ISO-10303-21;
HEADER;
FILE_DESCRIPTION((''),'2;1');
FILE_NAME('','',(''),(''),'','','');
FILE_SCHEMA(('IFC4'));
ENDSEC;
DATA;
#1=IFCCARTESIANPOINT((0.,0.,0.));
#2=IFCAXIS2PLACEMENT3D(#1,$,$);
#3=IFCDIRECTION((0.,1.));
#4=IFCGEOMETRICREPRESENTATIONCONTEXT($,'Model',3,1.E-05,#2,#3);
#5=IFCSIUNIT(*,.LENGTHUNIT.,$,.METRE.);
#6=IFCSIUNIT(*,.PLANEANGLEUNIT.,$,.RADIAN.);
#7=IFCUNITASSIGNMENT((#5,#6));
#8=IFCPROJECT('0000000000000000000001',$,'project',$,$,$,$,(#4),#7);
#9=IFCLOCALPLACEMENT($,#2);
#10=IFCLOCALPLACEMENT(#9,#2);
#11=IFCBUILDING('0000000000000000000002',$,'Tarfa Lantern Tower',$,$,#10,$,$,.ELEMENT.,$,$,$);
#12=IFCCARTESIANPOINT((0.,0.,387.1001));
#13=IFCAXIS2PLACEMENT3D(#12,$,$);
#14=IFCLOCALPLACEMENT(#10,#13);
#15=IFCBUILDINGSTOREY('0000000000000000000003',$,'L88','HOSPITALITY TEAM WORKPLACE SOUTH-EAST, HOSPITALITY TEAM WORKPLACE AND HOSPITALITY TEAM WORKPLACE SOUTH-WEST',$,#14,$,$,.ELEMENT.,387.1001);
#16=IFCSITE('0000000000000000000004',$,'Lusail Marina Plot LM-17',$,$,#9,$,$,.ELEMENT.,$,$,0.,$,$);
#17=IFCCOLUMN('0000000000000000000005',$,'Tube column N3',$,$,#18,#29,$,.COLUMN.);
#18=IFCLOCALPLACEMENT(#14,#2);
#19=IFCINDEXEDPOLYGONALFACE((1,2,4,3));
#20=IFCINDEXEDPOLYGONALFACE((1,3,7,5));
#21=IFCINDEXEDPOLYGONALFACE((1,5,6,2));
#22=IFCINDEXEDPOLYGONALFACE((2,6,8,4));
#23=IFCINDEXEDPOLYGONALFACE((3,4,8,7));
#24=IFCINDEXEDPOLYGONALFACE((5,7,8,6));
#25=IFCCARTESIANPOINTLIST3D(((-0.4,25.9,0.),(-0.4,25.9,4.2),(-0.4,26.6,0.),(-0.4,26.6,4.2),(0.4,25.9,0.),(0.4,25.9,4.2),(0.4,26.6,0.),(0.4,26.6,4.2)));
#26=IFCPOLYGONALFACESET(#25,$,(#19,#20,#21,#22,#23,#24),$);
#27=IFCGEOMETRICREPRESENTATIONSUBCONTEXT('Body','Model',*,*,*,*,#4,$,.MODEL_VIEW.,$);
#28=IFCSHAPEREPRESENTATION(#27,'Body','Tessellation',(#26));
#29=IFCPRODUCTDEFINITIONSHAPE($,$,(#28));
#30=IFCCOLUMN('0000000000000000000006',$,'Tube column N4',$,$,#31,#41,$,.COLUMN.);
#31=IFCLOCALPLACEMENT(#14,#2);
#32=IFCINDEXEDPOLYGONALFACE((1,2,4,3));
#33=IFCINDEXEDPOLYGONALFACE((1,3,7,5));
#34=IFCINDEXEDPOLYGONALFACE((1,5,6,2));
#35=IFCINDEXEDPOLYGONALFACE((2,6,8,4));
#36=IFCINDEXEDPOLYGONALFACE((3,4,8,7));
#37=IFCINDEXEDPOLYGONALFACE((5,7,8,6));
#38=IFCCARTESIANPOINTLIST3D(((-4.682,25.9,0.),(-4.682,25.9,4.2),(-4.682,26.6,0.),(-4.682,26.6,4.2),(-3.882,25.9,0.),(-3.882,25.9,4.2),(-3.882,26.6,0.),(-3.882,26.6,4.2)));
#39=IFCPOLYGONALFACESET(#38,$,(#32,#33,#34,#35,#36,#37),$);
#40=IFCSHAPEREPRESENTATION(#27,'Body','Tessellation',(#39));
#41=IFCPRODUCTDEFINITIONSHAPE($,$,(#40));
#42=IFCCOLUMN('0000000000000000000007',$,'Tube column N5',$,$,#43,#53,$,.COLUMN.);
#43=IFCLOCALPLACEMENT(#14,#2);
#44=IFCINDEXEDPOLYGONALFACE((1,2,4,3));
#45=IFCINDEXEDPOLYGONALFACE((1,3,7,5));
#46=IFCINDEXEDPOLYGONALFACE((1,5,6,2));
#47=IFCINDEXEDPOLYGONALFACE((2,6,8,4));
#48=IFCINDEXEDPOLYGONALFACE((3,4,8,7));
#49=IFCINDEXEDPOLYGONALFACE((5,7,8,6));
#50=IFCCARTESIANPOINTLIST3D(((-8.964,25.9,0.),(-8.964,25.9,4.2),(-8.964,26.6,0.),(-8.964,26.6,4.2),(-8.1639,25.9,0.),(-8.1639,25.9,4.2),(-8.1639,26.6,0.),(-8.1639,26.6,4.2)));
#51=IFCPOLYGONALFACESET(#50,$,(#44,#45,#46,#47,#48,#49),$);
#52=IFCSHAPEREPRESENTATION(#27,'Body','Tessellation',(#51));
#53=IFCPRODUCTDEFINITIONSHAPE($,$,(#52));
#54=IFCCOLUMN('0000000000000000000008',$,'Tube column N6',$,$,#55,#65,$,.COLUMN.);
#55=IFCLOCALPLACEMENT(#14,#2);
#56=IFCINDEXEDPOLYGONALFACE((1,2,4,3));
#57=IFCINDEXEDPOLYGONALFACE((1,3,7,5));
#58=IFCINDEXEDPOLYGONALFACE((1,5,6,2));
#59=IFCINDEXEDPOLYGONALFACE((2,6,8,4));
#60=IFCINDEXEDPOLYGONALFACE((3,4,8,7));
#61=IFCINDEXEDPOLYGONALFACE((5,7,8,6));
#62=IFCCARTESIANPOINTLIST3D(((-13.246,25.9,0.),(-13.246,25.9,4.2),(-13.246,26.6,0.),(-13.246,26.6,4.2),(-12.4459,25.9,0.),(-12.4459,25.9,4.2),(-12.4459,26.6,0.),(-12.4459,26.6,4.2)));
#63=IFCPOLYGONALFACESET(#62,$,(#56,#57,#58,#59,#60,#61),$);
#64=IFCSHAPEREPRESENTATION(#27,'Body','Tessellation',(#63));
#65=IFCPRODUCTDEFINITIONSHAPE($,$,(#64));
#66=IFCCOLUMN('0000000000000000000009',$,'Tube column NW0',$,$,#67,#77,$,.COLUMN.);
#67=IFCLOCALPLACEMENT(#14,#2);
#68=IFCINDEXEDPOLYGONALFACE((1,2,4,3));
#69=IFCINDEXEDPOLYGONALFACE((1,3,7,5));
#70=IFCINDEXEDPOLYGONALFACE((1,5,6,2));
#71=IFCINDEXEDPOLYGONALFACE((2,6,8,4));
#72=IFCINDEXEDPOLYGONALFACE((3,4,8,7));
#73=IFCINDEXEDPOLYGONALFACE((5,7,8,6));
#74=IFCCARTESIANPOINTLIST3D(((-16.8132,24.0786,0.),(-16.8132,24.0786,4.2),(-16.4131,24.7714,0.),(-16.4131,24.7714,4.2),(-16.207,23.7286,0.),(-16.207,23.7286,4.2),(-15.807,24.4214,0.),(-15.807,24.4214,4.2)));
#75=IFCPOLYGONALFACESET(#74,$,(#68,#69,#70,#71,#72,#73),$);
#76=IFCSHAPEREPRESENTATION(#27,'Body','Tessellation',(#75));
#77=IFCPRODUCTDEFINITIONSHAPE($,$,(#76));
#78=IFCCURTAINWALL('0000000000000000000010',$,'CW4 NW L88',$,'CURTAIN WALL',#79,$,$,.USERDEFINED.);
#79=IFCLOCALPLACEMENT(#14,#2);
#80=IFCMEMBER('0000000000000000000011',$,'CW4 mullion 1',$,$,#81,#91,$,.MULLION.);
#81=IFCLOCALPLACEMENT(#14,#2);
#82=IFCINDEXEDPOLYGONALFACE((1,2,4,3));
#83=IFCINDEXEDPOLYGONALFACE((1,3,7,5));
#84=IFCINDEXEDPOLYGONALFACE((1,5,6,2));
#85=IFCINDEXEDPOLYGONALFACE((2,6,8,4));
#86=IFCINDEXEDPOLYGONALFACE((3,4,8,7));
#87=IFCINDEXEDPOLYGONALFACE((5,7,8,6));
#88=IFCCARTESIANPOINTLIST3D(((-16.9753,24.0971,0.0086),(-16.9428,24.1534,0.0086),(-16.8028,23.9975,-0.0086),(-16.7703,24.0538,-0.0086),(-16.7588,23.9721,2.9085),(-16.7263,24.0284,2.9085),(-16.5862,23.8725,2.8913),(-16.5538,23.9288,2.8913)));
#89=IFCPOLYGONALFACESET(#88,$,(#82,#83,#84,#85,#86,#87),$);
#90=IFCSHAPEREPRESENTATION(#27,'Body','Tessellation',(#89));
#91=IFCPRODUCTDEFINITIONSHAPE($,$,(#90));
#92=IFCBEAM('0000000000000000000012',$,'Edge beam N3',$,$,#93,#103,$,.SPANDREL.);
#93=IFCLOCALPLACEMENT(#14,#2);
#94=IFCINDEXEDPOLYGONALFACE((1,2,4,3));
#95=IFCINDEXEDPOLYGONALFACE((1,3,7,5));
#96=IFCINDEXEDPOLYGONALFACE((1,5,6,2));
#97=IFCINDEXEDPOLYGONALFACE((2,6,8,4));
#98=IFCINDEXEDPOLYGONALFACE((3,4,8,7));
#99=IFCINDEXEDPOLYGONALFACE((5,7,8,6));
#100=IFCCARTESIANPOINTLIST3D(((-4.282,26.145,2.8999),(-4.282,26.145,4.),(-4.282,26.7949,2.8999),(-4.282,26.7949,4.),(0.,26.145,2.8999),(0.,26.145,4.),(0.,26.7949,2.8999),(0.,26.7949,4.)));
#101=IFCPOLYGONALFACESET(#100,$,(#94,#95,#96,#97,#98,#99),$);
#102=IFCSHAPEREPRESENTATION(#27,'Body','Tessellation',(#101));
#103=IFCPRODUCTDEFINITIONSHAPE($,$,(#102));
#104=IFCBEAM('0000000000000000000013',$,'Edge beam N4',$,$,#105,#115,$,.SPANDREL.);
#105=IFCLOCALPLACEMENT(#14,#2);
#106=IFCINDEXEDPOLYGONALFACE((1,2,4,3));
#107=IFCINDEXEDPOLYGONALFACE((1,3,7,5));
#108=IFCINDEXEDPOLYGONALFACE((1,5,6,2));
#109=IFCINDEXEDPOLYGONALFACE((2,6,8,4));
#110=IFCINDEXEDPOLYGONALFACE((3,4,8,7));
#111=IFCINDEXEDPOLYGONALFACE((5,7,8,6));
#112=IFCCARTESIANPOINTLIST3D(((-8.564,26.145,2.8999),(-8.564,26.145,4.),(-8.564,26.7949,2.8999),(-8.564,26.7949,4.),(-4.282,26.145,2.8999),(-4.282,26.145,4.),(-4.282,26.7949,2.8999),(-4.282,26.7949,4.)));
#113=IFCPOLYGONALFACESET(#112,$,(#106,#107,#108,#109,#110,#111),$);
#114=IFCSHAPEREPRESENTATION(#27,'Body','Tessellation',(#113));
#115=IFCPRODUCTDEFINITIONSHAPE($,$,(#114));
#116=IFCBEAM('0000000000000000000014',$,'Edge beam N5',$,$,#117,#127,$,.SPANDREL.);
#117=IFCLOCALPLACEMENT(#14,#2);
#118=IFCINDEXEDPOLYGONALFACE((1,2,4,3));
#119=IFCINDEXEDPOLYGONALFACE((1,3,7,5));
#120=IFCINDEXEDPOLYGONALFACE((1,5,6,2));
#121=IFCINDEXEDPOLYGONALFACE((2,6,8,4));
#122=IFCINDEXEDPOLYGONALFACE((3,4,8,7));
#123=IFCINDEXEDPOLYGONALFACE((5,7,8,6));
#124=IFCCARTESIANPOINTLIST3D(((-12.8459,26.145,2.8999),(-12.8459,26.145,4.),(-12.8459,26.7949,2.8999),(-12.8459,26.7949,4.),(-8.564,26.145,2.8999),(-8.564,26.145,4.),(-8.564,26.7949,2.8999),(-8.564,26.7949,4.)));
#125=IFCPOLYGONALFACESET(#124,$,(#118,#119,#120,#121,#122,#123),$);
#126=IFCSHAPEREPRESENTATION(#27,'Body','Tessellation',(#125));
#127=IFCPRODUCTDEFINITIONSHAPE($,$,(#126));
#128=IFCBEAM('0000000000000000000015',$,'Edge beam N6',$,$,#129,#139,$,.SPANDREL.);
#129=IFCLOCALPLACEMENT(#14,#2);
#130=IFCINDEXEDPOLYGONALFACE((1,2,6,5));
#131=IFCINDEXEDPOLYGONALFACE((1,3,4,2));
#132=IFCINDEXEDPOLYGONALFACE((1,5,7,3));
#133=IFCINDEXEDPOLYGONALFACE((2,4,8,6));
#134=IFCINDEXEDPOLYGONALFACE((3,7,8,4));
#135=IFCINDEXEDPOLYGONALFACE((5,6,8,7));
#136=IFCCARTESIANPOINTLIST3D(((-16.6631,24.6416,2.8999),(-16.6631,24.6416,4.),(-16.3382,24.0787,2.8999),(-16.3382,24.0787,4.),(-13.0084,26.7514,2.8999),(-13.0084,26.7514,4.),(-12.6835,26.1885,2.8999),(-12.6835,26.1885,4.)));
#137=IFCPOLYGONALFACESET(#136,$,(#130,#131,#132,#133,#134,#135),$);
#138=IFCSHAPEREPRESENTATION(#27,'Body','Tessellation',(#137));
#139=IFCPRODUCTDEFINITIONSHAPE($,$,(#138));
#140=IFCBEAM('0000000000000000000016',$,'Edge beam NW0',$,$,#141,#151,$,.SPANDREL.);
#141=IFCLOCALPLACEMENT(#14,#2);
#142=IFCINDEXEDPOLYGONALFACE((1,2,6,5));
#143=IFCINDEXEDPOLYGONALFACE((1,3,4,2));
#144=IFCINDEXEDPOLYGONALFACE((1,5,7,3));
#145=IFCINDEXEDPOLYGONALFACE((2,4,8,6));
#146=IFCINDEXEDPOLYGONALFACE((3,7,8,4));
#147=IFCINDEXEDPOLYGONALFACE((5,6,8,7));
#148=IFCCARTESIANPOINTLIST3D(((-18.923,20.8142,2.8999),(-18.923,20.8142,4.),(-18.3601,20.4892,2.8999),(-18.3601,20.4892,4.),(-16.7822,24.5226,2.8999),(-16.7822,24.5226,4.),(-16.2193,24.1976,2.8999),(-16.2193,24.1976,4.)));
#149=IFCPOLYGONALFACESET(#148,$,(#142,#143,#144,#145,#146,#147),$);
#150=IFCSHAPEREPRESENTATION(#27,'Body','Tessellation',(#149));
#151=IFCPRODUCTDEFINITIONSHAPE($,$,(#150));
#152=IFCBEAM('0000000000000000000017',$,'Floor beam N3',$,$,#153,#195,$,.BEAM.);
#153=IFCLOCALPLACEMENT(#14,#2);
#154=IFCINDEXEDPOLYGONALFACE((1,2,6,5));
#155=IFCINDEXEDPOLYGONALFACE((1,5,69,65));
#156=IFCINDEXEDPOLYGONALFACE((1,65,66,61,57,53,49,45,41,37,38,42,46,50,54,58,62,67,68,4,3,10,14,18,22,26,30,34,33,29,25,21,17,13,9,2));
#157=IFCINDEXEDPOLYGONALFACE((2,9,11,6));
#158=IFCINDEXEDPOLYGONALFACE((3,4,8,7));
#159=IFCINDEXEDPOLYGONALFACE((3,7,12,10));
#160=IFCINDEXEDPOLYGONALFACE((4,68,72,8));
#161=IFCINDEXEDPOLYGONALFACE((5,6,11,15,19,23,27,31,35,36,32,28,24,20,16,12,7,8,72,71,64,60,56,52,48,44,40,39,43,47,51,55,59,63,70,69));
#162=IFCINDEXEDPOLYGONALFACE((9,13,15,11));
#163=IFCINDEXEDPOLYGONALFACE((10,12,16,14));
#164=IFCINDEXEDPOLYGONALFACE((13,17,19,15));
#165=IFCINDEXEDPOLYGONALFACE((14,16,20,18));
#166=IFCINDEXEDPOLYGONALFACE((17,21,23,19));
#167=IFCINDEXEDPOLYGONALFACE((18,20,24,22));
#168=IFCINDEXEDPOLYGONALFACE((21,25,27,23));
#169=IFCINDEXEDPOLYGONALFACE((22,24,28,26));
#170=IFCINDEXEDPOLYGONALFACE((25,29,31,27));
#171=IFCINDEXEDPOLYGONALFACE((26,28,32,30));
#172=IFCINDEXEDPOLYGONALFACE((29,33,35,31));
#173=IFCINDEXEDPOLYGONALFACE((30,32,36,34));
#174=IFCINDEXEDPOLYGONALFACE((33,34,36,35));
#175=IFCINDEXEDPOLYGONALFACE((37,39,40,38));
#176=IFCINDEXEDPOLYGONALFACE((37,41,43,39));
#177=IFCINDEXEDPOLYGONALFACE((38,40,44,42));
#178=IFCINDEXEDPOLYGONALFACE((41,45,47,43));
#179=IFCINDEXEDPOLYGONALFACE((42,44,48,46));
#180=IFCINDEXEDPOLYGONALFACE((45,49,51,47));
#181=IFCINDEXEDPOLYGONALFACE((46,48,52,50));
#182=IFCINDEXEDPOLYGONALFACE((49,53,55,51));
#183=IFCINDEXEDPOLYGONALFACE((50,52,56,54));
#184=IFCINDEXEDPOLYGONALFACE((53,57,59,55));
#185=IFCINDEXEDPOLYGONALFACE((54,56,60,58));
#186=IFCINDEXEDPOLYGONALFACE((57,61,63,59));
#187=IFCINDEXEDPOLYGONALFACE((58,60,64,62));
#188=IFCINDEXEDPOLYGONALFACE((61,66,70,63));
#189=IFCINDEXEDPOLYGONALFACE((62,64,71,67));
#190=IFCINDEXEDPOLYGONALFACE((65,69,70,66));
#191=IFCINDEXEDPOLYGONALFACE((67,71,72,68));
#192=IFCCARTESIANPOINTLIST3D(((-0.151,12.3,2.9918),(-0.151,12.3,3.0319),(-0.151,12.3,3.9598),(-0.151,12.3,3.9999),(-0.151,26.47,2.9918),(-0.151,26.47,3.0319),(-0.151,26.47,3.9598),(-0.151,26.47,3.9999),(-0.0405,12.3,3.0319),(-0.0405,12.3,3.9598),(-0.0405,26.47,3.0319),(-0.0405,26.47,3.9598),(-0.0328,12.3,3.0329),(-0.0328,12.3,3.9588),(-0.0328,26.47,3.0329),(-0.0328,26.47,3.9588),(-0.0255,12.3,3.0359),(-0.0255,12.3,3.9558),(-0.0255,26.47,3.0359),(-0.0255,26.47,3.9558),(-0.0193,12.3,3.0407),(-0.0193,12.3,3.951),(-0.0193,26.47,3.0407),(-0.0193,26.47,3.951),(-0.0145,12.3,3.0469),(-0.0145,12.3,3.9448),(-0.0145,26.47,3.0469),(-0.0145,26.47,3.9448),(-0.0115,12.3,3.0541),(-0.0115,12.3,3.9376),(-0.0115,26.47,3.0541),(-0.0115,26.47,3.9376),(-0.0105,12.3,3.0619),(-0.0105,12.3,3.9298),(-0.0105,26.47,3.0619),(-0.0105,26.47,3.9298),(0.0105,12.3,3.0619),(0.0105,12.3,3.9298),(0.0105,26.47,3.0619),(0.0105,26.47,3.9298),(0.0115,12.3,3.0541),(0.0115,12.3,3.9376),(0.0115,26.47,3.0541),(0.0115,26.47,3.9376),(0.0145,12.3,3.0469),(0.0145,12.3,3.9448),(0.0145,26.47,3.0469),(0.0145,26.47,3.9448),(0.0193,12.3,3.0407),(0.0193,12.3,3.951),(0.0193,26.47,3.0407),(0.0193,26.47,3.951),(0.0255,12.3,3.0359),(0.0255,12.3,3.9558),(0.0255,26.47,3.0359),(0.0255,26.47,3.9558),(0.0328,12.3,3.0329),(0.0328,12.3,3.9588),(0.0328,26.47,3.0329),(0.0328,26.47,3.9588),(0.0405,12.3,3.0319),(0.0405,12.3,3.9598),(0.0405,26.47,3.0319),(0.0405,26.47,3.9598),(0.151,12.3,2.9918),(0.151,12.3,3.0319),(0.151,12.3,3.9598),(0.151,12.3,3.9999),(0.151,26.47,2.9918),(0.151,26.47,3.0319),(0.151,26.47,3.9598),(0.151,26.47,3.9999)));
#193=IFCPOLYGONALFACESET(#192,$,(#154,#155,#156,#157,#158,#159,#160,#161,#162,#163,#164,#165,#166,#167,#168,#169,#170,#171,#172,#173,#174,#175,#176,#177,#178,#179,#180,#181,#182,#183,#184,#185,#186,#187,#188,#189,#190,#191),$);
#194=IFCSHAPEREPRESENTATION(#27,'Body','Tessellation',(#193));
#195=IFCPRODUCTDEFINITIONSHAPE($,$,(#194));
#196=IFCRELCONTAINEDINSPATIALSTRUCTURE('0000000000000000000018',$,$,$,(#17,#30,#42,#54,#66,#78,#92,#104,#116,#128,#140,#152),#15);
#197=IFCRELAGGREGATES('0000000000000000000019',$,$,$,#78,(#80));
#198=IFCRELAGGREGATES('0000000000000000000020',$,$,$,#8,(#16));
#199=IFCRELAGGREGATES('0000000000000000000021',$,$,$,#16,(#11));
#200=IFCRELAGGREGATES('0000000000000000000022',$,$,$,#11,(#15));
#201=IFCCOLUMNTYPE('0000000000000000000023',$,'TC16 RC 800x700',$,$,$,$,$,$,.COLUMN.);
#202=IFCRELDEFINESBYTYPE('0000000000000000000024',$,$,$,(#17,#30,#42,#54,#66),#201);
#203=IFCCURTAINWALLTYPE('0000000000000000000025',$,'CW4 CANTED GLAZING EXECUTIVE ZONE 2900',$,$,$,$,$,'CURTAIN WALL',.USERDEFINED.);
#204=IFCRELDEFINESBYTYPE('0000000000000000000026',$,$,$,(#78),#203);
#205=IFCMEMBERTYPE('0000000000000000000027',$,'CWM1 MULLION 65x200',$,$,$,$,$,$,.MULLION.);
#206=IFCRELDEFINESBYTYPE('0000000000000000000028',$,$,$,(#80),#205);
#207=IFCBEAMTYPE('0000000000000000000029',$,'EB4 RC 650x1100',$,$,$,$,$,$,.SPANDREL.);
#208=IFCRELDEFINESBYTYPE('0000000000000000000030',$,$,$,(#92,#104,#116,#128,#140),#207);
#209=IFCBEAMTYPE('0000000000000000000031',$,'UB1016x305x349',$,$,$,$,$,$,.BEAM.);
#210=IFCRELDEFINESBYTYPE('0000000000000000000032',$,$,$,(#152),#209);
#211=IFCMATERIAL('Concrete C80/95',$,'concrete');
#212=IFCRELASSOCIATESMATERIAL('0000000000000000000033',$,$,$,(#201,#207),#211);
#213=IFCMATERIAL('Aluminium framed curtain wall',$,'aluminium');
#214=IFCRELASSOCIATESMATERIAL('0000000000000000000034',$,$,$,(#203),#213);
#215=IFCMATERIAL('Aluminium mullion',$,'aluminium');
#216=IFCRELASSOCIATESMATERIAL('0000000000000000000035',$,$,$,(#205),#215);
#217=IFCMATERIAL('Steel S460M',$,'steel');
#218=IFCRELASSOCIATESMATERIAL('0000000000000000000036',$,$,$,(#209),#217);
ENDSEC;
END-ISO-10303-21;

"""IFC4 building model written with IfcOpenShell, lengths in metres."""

from ifc_helpers import new_model, si_unit, direction, frame, origin, origin_2d, place, context, subcontext, project, spatial, rectangle, i_section, extrude, material, material_profile, profile_set, type_object, element, aggregate, save


model = new_model("IFC4")

# Units and contexts
model_context = context("Model", 3, precision=1e-05, world=origin(), true_north=direction((0.0, 1.0)))
body_context = subcontext(model_context, "Body", "Model", "MODEL_VIEW")
ifc_project = project(units=[si_unit("LENGTHUNIT", "METRE"), si_unit("PLANEANGLEUNIT", "RADIAN")], contexts=[model_context])

# Site, building, storey
site_placement = place(None, origin())
site = spatial("IfcSite", under=ifc_project, at=site_placement, Name="Lusail Marina Plot LM-17", CompositionType="ELEMENT", RefElevation=0.0)
building_placement = place(site_placement, origin())
building = spatial("IfcBuilding", under=site, at=building_placement, Name="Tarfa Lantern Tower", CompositionType="ELEMENT")
storey_placement = place(building_placement, frame((0.0, 0.0, 387.1001)))
storey = spatial("IfcBuildingStorey", under=building, at=storey_placement, Name="L88", Description="HOSPITALITY TEAM WORKPLACE SOUTH-EAST, HOSPITALITY TEAM WORKPLACE AND HOSPITALITY TEAM WORKPLACE SOUTH-WEST", CompositionType="ELEMENT", Elevation=387.1001)

# Columns
ifc_material_1 = material(Name="Concrete C80/95", Category="concrete")
ifc_material_profile_1 = material_profile(ifc_material_1, rectangle(XDim=0.8, YDim=0.7, at=origin_2d()), Name="RC 800x700")
ifc_profile_set_1 = profile_set([ifc_material_profile_1], Name="Concrete C80/95")
column_type = type_object("IfcColumnType", Name="TC16 RC 800x700", PredefinedType="COLUMN", material=ifc_profile_set_1)
for number, where, z_axis, x_axis, name in (
    (1, (0.0, 26.25, 0.0), (0.0, 0.0, 1.0), (-1.0, 0.0, 0.0), "Tube column N3"),
    (2, (-4.282, 26.25, 0.0), (0.0, 0.0, 1.0), (-1.0, 0.0, 0.0), "Tube column N4"),
    (3, (-8.564, 26.25, 0.0), (0.0, 0.0, 1.0), (-1.0, 0.0, 0.0), "Tube column N5"),
    (4, (-12.8459, 26.25, 0.0), (0.0, 0.0, 1.0), (-1.0, 0.0, 0.0), "Tube column N6"),
    (5, (-16.3101, 24.25, 0.0), (0.0, 0.0, 1.0), (-0.5, -0.866025, 0.0), "Tube column NW0"),
):
    element("IfcColumn", number, at=place(storey_placement, frame(where, z_axis=z_axis, x_axis=x_axis)), inside=storey, type_object=column_type, Name=name, PredefinedType="COLUMN", context=body_context, shape_type="SweptSolid", body=[
        extrude(rectangle(XDim=0.8, YDim=0.7, at=origin_2d()), origin(), (0.0, 0.0, 1.0), 4.2),
    ])

# Curtain wall, member
ifc_material_2 = material(Name="Aluminium framed curtain wall", Category="aluminium")
curtain_wall_type = type_object("IfcCurtainWallType", Name="CW4 CANTED GLAZING EXECUTIVE ZONE 2900", ElementType="CURTAIN WALL", PredefinedType="USERDEFINED", material=ifc_material_2)
curtain_wall_placement = place(storey_placement, origin())
curtain_wall = element("IfcCurtainWall", 6, at=curtain_wall_placement, inside=storey, type_object=curtain_wall_type, Name="CW4 NW L88", ObjectType="CURTAIN WALL", PredefinedType="USERDEFINED")
ifc_material_3 = material(Name="Aluminium mullion", Category="aluminium")
ifc_material_profile_2 = material_profile(ifc_material_3, rectangle(XDim=0.0649, YDim=0.2, at=origin_2d()), Name="AL MULLION 65x200")
ifc_profile_set_2 = profile_set([ifc_material_profile_2], Name="Aluminium mullion")
member_type = type_object("IfcMemberType", Name="CWM1 MULLION 65x200", PredefinedType="MULLION", material=ifc_profile_set_2)
member_placement = place(storey_placement, frame((-16.8728, 24.0754, 0.0), z_axis=(0.0744, -0.042946, 0.996303), x_axis=(0.49992, 0.866072, 0.0)))
member = element("IfcMember", 7, at=member_placement, type_object=member_type, Name="CW4 mullion 1", PredefinedType="MULLION", context=body_context, shape_type="SweptSolid", body=[
    extrude(rectangle(XDim=0.0649, YDim=0.2, at=origin_2d()), origin(), (0.0, 0.0, 1.0), 2.9106),
])

# Beams
ifc_material_profile_3 = material_profile(ifc_material_1, rectangle(XDim=0.6499, YDim=1.1001, at=origin_2d()), Name="RC 650x1100")
ifc_profile_set_3 = profile_set([ifc_material_profile_3], Name="Concrete C80/95")
beam_type_1 = type_object("IfcBeamType", Name="EB4 RC 650x1100", PredefinedType="SPANDREL", material=ifc_profile_set_3)
for number, where, z_axis, x_axis, name in (
    (8, (0.0, 26.47, 3.45), (-1.0, 0.0, 0.0), (0.0, -1.0, 0.0), "Edge beam N3"),
    (9, (-4.282, 26.47, 3.45), (-1.0, 0.0, 0.0), (0.0, -1.0, 0.0), "Edge beam N4"),
    (10, (-8.564, 26.47, 3.45), (-1.0, 0.0, 0.0), (0.0, -1.0, 0.0), "Edge beam N5"),
):
    element("IfcBeam", number, at=place(storey_placement, frame(where, z_axis=z_axis, x_axis=x_axis)), inside=storey, type_object=beam_type_1, Name=name, PredefinedType="SPANDREL", context=body_context, shape_type="SweptSolid", body=[
        extrude(rectangle(XDim=0.6499, YDim=1.1001, at=origin_2d()), origin(), (0.0, 0.0, 1.0), 4.282),
    ])
beam_1_placement = place(storey_placement, frame((-12.8459, 26.47, 3.45), z_axis=(-0.866049, -0.499959, 0.0), x_axis=(0.499959, -0.866049, 0.0)))
element("IfcBeam", 11, at=beam_1_placement, inside=storey, type_object=beam_type_1, Name="Edge beam N6", PredefinedType="SPANDREL", context=body_context, shape_type="SweptSolid", body=[
    extrude(rectangle(XDim=0.6499, YDim=1.1001, at=origin_2d()), origin(), (0.0, 0.0, 1.0), 4.22),
])
beam_2_placement = place(storey_placement, frame((-16.5007, 24.3601, 3.45), z_axis=(-0.499959, -0.866049, 0.0), x_axis=(0.866049, -0.499959, 0.0)))
element("IfcBeam", 12, at=beam_2_placement, inside=storey, type_object=beam_type_1, Name="Edge beam NW0", PredefinedType="SPANDREL", context=body_context, shape_type="SweptSolid", body=[
    extrude(rectangle(XDim=0.6499, YDim=1.1001, at=origin_2d()), origin(), (0.0, 0.0, 1.0), 4.282),
])
ifc_material_4 = material(Name="Steel S460M", Category="steel")
ifc_material_profile_4 = material_profile(ifc_material_4, i_section(OverallWidth=0.302, OverallDepth=1.0081, WebThickness=0.021, FlangeThickness=0.04, FilletRadius=0.03, at=origin_2d()), Name="UB1016x305x349")
ifc_profile_set_4 = profile_set([ifc_material_profile_4], Name="Steel S460M")
beam_type_2 = type_object("IfcBeamType", Name="UB1016x305x349", PredefinedType="BEAM", material=ifc_profile_set_4)
for number, where, z_axis, x_axis, name in (
    (13, (0.0, 26.47, 3.4958), (0.0, -1.0, 0.0), (1.0, 0.0, 0.0), "Floor beam N3"),
):
    element("IfcBeam", number, at=place(storey_placement, frame(where, z_axis=z_axis, x_axis=x_axis)), inside=storey, type_object=beam_type_2, Name=name, PredefinedType="BEAM", context=body_context, shape_type="SweptSolid", body=[
        extrude(i_section(OverallWidth=0.302, OverallDepth=1.0081, WebThickness=0.021, FlangeThickness=0.04, FilletRadius=0.03, at=origin_2d()), origin(), (0.0, 0.0, 1.0), 14.1699),
    ])

aggregate(curtain_wall, [member])

save(model, "model.ifc")
